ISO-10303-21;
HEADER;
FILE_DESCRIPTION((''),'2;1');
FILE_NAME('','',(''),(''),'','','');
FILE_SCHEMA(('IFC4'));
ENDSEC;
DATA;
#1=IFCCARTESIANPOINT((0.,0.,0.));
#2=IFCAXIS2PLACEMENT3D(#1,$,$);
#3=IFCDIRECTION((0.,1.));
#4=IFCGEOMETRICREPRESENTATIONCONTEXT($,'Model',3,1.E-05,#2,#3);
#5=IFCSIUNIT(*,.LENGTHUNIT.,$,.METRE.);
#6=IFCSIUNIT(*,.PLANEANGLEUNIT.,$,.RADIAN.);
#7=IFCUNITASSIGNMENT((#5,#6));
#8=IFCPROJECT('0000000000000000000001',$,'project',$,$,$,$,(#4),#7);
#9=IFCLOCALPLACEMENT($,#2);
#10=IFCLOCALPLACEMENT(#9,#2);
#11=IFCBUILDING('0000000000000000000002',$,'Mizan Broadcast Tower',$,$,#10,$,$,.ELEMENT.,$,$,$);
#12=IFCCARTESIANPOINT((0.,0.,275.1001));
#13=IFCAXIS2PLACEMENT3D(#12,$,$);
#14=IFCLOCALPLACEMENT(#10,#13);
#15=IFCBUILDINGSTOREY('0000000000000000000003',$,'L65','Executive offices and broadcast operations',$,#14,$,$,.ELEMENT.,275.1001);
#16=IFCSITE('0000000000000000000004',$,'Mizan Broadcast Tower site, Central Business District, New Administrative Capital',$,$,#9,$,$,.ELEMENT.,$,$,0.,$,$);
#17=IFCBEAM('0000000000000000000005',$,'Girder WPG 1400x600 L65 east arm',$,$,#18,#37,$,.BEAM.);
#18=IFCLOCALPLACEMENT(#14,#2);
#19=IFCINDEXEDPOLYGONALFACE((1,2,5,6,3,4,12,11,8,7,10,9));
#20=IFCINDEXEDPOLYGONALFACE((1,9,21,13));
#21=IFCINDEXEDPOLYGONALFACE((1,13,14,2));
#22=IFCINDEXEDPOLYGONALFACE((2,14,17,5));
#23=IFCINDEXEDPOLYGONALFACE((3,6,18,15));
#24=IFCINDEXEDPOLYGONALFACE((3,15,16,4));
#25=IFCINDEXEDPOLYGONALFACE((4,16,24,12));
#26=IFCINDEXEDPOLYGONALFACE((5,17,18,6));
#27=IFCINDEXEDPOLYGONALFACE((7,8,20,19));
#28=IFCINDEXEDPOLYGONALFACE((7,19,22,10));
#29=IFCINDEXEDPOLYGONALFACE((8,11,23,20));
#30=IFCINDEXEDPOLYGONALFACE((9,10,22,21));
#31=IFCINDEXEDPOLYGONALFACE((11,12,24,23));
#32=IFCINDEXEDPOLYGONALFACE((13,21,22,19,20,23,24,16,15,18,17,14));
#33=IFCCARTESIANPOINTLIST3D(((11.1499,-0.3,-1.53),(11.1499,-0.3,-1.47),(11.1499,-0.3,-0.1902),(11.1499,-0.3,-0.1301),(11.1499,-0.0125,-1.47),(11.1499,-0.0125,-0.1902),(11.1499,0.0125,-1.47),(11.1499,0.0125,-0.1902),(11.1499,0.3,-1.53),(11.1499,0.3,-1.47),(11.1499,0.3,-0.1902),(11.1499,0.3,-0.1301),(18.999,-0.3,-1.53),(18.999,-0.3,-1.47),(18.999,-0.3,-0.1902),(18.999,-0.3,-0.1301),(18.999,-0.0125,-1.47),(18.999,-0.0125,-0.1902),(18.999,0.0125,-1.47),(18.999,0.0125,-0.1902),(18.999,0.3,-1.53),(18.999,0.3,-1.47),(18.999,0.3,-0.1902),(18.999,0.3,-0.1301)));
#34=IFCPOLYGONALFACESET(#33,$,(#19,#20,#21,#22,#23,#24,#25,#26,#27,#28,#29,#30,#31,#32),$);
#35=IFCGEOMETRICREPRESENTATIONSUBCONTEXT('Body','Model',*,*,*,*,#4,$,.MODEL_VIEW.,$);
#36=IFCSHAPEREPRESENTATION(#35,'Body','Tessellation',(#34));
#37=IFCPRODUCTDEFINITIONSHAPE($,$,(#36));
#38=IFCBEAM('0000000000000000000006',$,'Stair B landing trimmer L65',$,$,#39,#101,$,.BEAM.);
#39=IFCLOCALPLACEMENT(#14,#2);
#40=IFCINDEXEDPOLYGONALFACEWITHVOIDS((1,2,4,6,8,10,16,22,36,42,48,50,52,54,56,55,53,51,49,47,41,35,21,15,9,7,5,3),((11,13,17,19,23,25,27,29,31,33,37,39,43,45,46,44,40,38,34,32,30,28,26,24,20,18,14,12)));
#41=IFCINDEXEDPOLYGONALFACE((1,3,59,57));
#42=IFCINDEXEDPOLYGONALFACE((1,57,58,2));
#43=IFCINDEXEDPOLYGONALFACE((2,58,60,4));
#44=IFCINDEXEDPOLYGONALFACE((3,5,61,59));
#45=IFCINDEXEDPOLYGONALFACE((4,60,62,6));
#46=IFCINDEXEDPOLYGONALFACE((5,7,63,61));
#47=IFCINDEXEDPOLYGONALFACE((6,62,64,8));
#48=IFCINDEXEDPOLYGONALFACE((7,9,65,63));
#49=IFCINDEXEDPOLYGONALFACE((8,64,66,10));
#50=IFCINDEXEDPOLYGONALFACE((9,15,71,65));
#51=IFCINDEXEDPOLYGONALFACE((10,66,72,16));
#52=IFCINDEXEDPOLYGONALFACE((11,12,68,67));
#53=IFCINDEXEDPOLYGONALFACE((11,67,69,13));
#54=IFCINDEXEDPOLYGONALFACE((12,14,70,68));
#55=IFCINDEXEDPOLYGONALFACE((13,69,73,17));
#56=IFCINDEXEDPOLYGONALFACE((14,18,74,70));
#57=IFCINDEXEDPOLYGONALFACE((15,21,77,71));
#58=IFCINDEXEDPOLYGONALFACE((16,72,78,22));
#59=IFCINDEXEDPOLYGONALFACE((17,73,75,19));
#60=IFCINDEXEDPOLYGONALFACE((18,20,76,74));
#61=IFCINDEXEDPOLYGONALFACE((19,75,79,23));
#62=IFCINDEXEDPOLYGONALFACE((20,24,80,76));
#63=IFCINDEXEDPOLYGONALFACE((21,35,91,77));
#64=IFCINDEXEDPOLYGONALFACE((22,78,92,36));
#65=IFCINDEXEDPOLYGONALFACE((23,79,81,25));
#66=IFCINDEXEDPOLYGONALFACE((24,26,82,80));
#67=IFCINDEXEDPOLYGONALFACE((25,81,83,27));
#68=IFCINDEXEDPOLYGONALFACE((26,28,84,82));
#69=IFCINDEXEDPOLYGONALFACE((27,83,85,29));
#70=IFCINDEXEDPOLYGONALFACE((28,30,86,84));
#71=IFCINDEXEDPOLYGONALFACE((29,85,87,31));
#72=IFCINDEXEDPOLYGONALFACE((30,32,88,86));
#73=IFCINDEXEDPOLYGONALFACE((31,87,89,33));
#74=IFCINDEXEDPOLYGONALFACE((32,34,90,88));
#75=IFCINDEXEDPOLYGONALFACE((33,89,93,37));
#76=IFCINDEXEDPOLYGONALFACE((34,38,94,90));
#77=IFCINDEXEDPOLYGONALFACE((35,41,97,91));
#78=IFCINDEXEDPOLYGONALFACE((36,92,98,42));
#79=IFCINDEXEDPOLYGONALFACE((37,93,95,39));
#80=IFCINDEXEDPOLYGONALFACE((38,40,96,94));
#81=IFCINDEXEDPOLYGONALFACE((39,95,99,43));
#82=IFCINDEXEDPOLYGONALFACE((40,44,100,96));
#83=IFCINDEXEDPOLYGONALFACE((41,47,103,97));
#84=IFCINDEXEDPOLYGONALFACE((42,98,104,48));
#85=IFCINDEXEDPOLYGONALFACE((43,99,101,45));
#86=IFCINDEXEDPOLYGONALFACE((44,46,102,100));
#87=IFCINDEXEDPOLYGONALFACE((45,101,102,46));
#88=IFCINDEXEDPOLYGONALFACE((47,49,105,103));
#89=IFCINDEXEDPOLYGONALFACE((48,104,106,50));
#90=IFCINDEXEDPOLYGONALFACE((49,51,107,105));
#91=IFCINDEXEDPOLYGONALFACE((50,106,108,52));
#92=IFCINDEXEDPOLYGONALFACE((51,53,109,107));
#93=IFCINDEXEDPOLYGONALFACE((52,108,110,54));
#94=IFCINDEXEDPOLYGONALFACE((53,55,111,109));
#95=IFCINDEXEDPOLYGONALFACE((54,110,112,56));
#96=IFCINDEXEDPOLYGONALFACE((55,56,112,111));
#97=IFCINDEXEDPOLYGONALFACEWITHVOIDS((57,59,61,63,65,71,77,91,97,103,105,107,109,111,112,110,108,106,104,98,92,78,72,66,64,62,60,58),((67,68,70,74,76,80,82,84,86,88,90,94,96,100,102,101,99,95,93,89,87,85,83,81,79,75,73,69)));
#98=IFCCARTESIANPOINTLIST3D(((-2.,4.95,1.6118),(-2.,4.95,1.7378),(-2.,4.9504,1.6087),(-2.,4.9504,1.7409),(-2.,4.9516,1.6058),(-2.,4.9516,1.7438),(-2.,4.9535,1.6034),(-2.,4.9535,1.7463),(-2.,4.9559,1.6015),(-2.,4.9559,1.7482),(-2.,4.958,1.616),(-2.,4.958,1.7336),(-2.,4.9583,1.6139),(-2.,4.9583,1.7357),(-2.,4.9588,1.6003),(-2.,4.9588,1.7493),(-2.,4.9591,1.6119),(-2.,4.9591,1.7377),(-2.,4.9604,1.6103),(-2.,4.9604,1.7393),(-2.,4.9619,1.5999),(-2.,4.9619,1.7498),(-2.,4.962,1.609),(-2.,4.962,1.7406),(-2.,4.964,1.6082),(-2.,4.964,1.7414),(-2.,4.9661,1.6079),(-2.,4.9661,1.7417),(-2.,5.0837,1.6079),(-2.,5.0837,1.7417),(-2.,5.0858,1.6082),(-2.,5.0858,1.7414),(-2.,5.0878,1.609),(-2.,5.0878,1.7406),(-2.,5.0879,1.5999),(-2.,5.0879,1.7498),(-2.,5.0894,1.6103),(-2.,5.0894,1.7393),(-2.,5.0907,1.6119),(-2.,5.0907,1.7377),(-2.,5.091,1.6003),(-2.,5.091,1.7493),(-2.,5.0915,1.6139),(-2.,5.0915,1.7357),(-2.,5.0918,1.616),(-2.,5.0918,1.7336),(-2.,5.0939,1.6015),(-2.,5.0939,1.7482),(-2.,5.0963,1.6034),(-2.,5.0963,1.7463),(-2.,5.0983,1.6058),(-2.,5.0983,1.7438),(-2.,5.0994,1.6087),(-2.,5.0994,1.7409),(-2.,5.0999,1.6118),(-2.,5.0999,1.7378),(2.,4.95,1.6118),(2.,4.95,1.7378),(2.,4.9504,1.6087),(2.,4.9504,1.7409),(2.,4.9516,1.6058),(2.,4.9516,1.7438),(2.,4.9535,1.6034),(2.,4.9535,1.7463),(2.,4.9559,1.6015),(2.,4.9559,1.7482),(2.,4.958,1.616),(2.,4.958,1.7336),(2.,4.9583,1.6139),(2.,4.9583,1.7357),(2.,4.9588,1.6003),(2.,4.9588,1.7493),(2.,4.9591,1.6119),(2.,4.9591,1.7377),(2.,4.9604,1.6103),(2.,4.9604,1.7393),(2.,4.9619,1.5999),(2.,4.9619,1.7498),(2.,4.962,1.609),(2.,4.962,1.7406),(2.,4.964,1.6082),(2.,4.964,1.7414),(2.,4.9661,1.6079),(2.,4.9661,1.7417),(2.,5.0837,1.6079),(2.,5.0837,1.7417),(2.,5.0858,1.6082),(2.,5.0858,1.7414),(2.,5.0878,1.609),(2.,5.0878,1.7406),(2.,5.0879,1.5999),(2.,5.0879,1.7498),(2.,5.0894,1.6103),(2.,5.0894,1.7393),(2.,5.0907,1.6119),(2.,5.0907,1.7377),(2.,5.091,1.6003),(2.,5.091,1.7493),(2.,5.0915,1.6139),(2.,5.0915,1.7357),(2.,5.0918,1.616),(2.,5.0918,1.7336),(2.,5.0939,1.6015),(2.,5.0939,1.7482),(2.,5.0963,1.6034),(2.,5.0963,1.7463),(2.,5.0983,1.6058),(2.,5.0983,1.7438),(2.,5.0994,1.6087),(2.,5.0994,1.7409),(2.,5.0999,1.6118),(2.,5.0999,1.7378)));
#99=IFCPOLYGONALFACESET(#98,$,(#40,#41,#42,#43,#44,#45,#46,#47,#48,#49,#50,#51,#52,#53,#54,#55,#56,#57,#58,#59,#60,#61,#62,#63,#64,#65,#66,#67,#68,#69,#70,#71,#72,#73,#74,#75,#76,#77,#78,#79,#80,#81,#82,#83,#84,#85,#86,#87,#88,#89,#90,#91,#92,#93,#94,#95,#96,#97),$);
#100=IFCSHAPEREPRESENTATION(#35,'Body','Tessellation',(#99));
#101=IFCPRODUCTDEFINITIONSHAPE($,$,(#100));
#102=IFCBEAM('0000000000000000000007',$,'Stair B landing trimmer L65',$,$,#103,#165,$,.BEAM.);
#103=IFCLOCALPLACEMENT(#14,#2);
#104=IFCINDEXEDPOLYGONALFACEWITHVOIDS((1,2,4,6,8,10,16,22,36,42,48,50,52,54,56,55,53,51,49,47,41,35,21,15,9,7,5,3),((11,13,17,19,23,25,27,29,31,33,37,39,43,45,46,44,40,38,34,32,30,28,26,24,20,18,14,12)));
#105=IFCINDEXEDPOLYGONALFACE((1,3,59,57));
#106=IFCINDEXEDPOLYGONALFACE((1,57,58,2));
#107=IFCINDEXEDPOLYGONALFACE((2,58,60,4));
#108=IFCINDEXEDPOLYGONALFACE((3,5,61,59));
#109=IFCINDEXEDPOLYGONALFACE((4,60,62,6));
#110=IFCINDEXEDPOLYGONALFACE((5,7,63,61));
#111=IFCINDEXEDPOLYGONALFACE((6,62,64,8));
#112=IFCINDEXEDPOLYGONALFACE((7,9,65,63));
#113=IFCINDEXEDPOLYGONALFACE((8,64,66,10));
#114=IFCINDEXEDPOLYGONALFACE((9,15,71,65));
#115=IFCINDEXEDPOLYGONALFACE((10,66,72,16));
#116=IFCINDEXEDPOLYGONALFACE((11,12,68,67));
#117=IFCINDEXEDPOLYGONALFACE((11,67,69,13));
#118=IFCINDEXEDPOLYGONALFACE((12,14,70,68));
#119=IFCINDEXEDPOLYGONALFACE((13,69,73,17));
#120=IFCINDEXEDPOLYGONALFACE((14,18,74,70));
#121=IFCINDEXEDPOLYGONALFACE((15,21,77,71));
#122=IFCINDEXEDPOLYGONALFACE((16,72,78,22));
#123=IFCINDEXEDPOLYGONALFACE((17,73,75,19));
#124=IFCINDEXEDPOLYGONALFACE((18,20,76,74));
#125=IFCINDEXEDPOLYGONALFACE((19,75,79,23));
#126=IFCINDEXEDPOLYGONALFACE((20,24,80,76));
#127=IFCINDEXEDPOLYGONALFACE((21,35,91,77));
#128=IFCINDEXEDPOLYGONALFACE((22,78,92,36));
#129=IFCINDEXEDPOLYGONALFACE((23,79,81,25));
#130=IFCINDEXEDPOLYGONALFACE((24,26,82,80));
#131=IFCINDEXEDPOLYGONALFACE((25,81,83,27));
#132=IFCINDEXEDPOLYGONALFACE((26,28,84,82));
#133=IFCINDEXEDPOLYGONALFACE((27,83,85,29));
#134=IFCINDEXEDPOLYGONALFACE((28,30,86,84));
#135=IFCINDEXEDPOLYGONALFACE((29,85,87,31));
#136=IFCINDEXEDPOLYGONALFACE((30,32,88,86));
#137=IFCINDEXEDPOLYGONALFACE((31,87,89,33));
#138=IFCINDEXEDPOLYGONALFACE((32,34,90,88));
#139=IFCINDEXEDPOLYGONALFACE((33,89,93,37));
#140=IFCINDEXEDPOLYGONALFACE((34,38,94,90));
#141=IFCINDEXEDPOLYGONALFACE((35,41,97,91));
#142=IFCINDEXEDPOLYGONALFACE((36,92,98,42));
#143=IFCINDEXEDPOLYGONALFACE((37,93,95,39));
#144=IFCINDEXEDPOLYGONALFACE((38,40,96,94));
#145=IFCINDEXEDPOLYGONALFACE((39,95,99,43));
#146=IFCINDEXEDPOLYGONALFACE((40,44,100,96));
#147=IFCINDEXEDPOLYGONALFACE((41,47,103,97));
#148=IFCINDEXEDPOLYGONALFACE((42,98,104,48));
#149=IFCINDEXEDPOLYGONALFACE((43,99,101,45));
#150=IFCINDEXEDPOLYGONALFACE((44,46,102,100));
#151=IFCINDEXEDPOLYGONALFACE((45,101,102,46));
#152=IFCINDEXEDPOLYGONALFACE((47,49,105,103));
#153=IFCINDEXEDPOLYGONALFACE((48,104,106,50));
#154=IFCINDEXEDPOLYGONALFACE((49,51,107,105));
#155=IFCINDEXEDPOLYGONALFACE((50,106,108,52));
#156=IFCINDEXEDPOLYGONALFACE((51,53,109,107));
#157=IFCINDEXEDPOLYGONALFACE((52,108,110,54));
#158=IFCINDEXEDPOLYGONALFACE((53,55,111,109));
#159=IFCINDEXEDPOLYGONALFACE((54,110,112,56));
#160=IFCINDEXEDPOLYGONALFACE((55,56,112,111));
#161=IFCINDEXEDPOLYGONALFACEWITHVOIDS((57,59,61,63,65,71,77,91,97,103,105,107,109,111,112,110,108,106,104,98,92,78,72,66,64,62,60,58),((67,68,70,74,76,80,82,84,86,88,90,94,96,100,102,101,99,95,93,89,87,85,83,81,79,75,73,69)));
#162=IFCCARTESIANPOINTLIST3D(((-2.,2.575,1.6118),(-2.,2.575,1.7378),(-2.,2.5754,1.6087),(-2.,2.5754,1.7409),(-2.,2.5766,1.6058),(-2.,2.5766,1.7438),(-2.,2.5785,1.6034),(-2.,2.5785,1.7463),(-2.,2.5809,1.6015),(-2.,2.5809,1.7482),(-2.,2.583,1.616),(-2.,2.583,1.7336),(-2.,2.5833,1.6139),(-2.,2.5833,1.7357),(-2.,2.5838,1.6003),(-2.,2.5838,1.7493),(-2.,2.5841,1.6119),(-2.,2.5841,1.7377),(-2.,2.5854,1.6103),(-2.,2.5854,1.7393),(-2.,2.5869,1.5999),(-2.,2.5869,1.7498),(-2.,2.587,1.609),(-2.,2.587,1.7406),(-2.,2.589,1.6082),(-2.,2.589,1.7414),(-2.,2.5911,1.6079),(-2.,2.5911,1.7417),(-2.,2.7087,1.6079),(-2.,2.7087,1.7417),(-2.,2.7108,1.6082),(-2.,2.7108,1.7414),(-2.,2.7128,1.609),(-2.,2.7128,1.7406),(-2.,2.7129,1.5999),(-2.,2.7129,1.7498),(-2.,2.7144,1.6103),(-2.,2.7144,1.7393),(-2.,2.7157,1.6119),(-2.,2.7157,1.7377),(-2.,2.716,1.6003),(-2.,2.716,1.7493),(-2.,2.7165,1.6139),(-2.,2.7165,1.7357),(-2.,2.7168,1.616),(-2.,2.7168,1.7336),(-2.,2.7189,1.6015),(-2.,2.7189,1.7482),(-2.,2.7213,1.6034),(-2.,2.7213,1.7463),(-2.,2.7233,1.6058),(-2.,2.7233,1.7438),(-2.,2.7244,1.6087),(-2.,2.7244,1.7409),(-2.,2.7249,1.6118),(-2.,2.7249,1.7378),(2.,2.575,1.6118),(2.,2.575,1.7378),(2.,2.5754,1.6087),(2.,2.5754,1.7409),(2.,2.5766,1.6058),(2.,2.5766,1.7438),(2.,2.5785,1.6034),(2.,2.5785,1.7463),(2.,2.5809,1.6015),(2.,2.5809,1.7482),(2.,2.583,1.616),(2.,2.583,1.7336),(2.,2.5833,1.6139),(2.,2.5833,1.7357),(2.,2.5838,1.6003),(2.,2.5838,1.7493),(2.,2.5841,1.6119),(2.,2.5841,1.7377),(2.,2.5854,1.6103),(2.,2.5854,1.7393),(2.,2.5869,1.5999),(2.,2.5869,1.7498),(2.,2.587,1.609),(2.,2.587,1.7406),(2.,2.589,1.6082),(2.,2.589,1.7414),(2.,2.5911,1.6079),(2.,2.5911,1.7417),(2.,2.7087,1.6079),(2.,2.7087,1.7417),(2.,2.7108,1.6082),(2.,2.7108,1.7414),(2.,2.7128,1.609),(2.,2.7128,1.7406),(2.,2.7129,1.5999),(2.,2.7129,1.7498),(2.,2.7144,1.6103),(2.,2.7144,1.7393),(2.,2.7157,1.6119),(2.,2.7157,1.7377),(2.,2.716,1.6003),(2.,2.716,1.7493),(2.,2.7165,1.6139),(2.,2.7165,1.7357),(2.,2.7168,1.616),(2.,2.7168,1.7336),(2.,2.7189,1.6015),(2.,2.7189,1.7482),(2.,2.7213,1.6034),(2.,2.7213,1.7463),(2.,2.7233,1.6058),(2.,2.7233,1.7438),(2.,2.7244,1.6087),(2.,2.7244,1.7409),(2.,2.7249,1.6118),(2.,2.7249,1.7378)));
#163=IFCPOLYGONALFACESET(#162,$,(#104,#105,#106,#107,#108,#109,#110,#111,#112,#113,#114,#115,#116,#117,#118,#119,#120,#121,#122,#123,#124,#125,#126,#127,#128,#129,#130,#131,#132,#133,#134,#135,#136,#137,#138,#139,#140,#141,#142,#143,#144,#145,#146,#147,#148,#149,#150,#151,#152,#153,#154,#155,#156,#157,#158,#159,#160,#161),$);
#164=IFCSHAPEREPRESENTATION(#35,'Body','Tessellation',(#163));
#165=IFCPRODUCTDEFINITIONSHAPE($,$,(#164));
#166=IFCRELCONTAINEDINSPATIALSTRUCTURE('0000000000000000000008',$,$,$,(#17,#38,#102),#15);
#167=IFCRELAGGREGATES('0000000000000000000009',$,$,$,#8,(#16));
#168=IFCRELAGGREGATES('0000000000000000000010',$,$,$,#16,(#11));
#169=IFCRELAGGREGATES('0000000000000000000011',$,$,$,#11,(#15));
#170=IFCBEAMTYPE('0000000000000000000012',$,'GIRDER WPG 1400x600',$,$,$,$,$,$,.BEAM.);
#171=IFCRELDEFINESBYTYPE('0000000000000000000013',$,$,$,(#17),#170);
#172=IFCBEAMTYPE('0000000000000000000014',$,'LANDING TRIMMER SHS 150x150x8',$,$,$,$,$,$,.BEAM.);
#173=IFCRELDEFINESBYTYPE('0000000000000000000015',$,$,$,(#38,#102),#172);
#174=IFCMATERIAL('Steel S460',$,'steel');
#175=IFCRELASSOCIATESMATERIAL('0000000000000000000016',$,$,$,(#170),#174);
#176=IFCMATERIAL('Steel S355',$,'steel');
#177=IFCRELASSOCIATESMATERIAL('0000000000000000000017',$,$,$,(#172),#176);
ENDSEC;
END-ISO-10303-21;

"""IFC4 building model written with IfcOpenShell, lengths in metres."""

from ifc_helpers import new_model, si_unit, direction, frame, origin, origin_2d, place, context, subcontext, project, spatial, hollow_rectangle, i_section, extrude, material, material_profile, profile_set, type_object, element, save


model = new_model("IFC4")

# Units and contexts
model_context = context("Model", 3, precision=1e-05, world=origin(), true_north=direction((0.0, 1.0)))
body_context = subcontext(model_context, "Body", "Model", "MODEL_VIEW")
ifc_project = project(units=[si_unit("LENGTHUNIT", "METRE"), si_unit("PLANEANGLEUNIT", "RADIAN")], contexts=[model_context])

# Site, building, storey
site_placement = place(None, origin())
site = spatial("IfcSite", under=ifc_project, at=site_placement, Name="Mizan Broadcast Tower site, Central Business District, New Administrative Capital", CompositionType="ELEMENT", RefElevation=0.0)
building_placement = place(site_placement, origin())
building = spatial("IfcBuilding", under=site, at=building_placement, Name="Mizan Broadcast Tower", CompositionType="ELEMENT")
storey_placement = place(building_placement, frame((0.0, 0.0, 275.1001)))
storey = spatial("IfcBuildingStorey", under=building, at=storey_placement, Name="L65", Description="Executive offices and broadcast operations", CompositionType="ELEMENT", Elevation=275.1001)

# Beams
ifc_material_1 = material(Name="Steel S460", Category="steel")
ifc_material_profile_1 = material_profile(ifc_material_1, i_section(OverallWidth=0.6001, OverallDepth=1.3999, WebThickness=0.0249, FlangeThickness=0.0601, at=origin_2d()), Name="WPG 1400x600")
ifc_profile_set_1 = profile_set([ifc_material_profile_1], Name="Steel S460")
beam_type_1 = type_object("IfcBeamType", Name="GIRDER WPG 1400x600", PredefinedType="BEAM", material=ifc_profile_set_1)
beam_placement = place(storey_placement, frame((11.1499, 0.0, -0.8301), z_axis=(1.0, 0.0, 0.0), x_axis=(0.0, 1.0, 0.0)))
element("IfcBeam", 1, at=beam_placement, inside=storey, type_object=beam_type_1, Name="Girder WPG 1400x600 L65 east arm", PredefinedType="BEAM", context=body_context, shape_type="SweptSolid", body=[
    extrude(i_section(OverallWidth=0.6001, OverallDepth=1.3999, WebThickness=0.0249, FlangeThickness=0.0601, at=origin_2d()), origin(), (0.0, 0.0, 1.0), 7.8491),
])
ifc_material_2 = material(Name="Steel S355", Category="steel")
ifc_material_profile_2 = material_profile(ifc_material_2, hollow_rectangle(XDim=0.1499, YDim=0.1499, WallThickness=0.0081, InnerFilletRadius=0.0081, OuterFilletRadius=0.012, at=origin_2d()), Name="SHS 150x150x8")
ifc_profile_set_2 = profile_set([ifc_material_profile_2], Name="Steel S355")
beam_type_2 = type_object("IfcBeamType", Name="LANDING TRIMMER SHS 150x150x8", PredefinedType="BEAM", material=ifc_profile_set_2)
for number, where, z_axis, x_axis, name in (
    (2, (2.0, 5.0249, 1.6748), (-1.0, 0.0, 0.0), (0.0, -1.0, 0.0), "Stair B landing trimmer L65"),
    (3, (2.0, 2.6499, 1.6748), (-1.0, 0.0, 0.0), (0.0, -1.0, 0.0), "Stair B landing trimmer L65"),
):
    element("IfcBeam", number, at=place(storey_placement, frame(where, z_axis=z_axis, x_axis=x_axis)), inside=storey, type_object=beam_type_2, Name=name, PredefinedType="BEAM", context=body_context, shape_type="SweptSolid", body=[
        extrude(hollow_rectangle(XDim=0.1499, YDim=0.1499, WallThickness=0.0081, InnerFilletRadius=0.0081, OuterFilletRadius=0.012, at=origin_2d()), origin(), (0.0, 0.0, 1.0), 4.0),
    ])

save(model, "model.ifc")
